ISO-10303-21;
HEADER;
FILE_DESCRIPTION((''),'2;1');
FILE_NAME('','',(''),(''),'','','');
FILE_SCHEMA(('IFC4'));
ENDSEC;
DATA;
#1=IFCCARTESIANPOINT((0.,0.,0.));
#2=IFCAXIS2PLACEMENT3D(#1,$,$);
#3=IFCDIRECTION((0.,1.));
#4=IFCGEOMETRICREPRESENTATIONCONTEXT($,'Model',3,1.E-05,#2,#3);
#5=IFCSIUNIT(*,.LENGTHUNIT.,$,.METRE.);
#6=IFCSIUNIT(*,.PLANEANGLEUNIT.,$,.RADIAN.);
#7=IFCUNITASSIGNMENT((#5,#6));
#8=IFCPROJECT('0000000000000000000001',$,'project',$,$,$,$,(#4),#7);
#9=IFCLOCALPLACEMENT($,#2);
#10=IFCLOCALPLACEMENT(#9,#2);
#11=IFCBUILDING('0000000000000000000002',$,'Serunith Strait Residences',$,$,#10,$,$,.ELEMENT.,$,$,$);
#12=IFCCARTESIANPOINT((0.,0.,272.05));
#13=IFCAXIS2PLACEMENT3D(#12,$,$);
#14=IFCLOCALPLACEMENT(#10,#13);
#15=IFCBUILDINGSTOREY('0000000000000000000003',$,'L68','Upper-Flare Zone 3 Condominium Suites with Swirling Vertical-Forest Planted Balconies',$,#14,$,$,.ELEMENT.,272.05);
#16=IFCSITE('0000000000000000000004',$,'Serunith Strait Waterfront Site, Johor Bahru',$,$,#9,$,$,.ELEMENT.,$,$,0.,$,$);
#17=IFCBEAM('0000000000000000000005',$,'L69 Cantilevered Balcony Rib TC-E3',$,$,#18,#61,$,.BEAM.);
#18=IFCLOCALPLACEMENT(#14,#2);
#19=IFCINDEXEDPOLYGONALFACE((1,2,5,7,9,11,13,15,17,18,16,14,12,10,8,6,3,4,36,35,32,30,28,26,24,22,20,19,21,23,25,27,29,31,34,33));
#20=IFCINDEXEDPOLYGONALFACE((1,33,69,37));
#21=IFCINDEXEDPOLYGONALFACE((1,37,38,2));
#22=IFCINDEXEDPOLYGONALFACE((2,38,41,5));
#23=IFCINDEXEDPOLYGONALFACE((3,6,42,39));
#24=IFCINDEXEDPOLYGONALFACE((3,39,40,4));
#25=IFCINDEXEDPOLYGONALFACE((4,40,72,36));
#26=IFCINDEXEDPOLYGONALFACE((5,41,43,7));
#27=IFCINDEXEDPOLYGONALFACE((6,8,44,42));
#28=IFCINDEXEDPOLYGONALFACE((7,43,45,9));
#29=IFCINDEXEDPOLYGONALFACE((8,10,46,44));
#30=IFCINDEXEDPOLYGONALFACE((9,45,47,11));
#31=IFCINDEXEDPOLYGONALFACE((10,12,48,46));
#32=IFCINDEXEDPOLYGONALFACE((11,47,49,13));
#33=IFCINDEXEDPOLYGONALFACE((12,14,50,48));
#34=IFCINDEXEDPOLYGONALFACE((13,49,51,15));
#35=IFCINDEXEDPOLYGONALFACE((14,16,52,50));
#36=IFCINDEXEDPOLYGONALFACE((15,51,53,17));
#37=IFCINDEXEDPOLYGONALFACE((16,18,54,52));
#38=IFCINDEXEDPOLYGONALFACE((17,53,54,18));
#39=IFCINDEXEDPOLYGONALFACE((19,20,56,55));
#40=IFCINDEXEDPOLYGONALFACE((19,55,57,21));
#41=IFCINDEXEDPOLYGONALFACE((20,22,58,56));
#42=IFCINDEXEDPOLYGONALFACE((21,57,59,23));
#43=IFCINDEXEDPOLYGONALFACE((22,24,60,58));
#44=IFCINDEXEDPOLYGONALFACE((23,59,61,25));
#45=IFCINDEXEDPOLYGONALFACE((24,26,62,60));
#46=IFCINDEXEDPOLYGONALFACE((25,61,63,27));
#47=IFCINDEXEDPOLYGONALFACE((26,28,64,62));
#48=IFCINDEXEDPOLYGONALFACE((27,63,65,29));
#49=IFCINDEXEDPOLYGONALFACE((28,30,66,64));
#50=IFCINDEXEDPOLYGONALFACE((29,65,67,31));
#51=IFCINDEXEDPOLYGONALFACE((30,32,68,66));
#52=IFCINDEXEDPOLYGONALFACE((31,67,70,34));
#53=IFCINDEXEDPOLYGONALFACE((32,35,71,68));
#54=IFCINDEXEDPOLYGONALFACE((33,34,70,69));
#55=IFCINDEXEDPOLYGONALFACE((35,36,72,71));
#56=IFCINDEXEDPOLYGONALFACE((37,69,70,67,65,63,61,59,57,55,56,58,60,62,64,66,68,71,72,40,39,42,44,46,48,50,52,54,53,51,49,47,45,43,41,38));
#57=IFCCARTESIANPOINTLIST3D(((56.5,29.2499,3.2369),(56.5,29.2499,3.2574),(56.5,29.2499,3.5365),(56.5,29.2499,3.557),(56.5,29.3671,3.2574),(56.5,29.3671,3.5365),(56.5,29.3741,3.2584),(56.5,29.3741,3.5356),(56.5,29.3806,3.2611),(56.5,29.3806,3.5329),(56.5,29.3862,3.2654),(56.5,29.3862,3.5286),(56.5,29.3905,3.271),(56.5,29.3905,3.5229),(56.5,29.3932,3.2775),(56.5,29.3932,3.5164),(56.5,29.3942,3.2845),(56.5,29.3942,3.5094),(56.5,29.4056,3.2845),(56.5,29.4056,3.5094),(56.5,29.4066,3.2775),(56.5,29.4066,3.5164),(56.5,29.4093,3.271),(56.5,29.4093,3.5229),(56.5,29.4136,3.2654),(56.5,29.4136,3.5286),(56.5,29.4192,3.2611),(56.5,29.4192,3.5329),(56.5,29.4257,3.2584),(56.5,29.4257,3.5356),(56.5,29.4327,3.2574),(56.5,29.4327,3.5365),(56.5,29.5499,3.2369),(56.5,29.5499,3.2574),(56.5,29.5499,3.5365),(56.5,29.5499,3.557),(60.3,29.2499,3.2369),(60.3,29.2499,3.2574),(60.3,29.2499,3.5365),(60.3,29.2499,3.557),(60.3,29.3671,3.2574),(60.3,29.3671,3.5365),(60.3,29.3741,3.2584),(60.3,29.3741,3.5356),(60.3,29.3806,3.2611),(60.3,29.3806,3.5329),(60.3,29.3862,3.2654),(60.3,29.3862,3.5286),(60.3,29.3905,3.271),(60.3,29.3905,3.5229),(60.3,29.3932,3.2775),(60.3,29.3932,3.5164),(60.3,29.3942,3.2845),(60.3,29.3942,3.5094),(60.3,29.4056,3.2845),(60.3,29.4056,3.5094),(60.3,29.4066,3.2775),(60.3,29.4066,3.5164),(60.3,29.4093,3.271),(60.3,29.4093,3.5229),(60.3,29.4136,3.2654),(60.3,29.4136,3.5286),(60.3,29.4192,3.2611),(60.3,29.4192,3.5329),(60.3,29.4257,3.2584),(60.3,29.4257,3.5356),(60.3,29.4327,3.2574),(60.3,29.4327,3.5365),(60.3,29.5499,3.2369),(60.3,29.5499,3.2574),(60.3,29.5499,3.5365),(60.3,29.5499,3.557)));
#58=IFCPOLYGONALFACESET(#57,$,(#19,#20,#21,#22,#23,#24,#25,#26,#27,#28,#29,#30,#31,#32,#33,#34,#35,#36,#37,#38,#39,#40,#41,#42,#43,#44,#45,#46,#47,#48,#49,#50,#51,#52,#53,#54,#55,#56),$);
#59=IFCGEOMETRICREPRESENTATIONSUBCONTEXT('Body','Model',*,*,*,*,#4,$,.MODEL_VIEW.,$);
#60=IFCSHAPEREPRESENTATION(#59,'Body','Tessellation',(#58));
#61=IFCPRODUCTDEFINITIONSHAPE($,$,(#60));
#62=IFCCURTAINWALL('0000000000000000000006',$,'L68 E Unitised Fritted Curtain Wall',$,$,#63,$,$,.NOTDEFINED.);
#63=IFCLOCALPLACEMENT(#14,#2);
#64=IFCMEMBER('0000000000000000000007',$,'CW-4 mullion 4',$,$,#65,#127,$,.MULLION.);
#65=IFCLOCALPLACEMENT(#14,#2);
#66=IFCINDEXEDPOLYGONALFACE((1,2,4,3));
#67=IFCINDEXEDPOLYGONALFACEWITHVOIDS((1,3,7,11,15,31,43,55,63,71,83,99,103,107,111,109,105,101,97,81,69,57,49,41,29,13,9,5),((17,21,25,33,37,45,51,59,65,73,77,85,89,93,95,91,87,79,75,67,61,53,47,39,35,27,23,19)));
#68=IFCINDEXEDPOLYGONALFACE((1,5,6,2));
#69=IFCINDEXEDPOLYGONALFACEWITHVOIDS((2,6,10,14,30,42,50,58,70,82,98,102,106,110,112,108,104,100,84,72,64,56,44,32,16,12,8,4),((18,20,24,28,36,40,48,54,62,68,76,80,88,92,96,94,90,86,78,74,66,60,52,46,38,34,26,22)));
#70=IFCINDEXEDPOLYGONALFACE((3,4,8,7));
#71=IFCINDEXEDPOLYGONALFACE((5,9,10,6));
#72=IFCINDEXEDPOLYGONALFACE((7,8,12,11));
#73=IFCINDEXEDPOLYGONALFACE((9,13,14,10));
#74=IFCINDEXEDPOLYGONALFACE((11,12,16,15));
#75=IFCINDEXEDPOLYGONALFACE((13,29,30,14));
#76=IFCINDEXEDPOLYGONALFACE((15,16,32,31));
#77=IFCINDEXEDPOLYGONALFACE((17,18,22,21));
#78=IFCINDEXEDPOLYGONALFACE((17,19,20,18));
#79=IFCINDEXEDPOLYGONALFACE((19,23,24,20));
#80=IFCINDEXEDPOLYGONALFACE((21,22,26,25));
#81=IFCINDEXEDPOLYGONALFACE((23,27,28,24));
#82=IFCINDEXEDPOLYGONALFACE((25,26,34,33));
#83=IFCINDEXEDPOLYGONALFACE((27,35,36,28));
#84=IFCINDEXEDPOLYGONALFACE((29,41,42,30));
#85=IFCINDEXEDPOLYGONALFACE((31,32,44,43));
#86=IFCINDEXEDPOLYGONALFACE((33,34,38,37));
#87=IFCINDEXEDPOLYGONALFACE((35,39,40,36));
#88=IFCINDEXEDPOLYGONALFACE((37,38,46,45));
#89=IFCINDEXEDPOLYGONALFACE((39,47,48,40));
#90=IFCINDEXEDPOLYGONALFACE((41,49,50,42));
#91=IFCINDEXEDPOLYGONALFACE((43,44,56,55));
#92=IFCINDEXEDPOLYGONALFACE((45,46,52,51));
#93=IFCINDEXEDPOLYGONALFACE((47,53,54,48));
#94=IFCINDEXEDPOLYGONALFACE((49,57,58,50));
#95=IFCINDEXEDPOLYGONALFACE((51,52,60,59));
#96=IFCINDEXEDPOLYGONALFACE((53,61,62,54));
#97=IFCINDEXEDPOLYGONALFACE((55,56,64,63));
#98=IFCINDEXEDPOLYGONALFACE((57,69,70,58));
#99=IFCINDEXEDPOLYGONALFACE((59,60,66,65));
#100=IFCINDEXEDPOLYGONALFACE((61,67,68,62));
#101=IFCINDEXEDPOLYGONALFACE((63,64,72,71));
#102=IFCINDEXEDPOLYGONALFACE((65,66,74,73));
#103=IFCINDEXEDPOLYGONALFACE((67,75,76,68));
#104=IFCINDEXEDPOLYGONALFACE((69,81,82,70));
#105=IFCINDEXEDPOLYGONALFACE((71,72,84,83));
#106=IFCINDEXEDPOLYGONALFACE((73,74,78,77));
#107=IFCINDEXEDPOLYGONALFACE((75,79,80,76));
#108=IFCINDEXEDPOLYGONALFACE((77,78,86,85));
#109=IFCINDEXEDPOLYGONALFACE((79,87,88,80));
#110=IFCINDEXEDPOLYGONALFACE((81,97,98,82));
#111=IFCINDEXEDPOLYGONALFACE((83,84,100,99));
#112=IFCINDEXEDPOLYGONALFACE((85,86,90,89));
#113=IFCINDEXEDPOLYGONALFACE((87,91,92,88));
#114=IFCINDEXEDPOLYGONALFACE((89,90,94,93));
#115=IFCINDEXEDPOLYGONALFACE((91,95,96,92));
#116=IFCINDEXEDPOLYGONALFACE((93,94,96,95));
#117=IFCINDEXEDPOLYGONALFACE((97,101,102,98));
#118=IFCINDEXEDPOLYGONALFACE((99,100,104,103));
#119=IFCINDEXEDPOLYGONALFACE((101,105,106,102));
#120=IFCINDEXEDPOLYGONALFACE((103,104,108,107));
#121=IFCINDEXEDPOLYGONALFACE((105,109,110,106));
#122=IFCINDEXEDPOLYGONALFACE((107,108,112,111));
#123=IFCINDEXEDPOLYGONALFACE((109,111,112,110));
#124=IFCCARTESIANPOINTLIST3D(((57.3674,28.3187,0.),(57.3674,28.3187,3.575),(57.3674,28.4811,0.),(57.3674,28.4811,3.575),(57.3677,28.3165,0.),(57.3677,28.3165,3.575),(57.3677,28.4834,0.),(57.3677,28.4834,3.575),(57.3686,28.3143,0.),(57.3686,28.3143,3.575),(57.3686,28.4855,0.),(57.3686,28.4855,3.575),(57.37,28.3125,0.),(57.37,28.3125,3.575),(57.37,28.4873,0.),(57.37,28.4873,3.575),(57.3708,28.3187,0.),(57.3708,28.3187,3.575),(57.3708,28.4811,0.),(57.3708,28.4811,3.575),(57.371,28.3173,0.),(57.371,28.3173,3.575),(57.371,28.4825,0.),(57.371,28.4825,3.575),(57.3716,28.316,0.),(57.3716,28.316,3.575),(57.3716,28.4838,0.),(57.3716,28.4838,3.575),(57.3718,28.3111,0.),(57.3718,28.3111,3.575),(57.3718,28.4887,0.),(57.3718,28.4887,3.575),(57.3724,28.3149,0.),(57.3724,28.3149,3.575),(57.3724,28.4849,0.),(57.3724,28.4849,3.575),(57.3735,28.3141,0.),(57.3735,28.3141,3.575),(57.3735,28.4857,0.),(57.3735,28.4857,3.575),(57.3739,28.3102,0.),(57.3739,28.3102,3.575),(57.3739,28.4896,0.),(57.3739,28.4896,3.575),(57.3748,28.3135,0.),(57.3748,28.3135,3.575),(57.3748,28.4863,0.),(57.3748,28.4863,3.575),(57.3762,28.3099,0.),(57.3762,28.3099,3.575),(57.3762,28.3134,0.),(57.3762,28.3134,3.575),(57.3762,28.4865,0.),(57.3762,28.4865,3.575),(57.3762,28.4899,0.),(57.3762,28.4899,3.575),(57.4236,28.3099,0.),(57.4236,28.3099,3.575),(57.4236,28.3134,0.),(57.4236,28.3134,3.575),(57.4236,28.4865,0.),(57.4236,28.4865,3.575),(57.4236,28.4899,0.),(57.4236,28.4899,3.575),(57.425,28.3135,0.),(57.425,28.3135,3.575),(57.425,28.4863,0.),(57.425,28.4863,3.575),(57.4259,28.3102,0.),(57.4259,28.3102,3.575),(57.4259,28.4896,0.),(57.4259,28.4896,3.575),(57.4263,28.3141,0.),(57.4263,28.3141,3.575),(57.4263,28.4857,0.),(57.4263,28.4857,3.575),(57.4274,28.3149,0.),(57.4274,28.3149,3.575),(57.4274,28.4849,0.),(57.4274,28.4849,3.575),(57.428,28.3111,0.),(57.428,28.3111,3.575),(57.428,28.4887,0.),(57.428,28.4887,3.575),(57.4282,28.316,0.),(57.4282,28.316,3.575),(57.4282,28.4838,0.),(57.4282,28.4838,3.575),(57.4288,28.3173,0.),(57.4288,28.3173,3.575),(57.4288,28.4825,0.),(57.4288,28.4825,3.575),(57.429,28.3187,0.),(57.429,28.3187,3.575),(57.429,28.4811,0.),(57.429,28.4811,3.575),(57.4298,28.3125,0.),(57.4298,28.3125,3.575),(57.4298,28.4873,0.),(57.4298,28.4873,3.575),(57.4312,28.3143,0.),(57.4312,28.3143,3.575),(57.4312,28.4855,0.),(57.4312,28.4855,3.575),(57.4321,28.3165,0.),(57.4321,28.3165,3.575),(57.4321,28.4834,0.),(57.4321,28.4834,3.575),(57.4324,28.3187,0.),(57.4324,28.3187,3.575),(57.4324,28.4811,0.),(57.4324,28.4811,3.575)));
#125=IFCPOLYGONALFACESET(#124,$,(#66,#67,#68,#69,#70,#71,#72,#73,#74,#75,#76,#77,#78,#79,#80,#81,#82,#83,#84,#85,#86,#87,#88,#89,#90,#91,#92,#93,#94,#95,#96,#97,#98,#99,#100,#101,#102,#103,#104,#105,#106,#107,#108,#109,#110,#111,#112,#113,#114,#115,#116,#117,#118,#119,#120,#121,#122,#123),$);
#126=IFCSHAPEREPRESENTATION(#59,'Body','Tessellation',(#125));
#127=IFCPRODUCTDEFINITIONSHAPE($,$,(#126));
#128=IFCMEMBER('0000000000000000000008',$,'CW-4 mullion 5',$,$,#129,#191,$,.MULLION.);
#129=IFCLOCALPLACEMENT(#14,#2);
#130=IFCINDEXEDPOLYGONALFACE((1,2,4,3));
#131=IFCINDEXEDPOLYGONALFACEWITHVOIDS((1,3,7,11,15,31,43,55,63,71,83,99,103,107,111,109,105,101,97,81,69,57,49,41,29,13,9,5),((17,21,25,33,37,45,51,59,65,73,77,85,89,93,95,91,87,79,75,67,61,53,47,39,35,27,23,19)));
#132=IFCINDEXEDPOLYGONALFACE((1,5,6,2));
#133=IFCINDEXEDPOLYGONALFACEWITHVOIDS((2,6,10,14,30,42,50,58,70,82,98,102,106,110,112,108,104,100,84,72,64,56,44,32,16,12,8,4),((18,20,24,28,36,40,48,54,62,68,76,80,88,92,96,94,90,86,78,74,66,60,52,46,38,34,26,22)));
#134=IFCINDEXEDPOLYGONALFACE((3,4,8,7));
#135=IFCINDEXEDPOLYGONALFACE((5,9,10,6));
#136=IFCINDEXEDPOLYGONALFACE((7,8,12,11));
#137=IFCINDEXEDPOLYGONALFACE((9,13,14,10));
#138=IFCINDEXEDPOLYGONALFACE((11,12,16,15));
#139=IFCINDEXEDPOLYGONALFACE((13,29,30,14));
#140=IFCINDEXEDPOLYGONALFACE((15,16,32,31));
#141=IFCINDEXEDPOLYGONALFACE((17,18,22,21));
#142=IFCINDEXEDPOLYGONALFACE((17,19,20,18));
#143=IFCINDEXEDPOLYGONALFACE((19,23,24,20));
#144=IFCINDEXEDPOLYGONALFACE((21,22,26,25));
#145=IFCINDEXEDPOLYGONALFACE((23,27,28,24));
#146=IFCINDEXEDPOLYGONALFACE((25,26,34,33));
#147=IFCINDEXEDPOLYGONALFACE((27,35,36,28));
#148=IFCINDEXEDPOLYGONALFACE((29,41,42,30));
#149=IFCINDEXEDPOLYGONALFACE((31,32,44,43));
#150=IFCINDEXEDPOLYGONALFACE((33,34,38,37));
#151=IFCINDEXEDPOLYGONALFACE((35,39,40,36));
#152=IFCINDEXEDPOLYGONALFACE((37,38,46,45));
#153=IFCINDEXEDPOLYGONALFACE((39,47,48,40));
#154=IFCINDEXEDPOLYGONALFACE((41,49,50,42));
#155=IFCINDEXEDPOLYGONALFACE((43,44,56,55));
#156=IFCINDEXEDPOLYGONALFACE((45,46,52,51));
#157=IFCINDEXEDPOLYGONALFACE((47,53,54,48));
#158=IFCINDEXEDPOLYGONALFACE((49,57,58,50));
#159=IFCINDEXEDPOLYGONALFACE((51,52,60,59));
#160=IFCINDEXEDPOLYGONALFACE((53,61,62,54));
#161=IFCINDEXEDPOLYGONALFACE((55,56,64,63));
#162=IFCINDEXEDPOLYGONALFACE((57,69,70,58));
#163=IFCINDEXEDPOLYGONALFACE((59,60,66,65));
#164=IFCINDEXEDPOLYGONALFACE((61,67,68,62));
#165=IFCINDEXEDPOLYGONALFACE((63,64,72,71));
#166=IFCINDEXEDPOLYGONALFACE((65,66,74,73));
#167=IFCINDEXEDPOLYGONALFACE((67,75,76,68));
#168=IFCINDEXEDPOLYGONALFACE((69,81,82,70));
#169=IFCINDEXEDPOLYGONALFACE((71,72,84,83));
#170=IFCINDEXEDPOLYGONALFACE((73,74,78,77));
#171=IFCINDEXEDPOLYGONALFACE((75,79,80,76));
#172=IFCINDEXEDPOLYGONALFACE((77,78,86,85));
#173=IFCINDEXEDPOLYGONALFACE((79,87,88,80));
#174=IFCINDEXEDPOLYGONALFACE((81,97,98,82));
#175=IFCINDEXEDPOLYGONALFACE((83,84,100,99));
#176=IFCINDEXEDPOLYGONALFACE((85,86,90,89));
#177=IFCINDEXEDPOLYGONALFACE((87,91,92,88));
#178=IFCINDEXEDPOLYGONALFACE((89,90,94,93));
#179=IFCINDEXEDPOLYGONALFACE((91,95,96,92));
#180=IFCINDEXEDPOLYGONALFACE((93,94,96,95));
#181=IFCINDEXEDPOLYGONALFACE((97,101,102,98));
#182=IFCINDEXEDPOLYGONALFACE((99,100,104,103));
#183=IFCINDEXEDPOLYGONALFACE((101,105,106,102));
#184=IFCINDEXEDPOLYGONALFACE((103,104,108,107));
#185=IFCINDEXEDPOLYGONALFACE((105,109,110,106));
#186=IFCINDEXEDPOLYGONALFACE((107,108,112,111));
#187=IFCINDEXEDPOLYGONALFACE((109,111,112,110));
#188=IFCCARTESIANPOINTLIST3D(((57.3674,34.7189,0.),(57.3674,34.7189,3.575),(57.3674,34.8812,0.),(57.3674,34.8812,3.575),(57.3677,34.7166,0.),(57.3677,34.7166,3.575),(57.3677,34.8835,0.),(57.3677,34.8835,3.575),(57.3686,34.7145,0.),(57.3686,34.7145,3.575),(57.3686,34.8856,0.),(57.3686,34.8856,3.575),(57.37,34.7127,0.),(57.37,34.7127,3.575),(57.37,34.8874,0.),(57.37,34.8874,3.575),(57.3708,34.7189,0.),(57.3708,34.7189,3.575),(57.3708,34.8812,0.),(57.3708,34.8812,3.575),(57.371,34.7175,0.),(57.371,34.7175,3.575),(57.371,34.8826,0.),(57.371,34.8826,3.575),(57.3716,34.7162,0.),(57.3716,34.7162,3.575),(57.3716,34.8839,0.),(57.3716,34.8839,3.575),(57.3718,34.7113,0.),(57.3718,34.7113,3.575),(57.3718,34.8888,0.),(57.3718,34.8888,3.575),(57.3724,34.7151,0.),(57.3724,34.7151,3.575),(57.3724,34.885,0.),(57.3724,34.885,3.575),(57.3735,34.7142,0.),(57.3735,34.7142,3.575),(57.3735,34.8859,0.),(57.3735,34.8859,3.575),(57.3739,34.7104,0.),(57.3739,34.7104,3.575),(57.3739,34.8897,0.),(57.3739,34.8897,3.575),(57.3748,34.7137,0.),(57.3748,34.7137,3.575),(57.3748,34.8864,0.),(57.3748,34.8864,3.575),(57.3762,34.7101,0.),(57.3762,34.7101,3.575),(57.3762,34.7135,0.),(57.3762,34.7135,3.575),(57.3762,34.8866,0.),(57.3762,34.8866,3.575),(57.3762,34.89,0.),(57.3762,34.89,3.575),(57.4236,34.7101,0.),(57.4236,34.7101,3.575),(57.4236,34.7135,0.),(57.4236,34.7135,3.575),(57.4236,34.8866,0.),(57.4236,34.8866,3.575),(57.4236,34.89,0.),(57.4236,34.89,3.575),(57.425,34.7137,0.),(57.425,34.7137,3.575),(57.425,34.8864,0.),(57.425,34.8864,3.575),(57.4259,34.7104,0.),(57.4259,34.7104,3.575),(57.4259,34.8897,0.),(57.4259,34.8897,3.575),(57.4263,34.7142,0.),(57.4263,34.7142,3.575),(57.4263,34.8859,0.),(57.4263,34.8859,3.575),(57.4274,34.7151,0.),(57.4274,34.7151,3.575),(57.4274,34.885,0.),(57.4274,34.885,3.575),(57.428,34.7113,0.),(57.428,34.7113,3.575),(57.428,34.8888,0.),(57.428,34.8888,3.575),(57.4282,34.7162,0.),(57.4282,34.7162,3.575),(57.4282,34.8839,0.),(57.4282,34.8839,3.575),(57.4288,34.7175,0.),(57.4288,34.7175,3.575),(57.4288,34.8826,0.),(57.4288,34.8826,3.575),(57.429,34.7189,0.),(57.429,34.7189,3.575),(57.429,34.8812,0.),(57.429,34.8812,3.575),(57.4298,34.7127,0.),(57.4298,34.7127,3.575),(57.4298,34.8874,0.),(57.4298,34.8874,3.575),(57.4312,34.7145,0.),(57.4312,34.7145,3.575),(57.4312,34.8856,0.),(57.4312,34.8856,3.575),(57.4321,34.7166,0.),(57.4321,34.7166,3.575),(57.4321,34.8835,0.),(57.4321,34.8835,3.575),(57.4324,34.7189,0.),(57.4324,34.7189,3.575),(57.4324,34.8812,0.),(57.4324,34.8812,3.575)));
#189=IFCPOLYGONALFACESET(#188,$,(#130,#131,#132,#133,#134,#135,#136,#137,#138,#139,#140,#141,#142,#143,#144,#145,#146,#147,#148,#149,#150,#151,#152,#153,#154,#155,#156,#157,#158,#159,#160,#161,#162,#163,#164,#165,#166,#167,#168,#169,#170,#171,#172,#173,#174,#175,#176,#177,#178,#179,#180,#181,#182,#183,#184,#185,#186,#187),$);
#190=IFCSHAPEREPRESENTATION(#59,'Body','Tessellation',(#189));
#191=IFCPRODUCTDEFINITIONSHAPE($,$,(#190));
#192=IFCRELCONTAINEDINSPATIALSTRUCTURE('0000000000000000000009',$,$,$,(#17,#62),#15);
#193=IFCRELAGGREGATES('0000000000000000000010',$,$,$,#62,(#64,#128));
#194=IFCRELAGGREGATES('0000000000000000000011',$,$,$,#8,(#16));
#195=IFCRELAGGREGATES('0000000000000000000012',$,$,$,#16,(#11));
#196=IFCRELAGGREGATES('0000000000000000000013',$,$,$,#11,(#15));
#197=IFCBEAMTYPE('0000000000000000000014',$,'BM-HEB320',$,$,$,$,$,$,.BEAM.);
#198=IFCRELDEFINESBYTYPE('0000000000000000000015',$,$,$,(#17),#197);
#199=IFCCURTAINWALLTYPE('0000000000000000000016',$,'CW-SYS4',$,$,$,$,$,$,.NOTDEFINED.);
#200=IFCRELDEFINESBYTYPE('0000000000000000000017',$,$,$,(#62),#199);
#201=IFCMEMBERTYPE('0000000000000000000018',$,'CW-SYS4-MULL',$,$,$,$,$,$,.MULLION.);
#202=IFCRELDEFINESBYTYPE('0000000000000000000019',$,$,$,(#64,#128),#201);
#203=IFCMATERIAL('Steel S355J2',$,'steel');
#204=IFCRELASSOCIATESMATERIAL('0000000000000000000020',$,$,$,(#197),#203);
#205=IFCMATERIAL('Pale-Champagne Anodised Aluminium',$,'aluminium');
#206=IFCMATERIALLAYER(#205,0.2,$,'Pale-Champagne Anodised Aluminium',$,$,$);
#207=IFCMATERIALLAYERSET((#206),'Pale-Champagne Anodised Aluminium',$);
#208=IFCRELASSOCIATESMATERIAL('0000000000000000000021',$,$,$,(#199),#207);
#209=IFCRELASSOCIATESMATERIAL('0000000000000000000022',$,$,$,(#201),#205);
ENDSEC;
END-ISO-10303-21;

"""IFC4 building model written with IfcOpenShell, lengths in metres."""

from ifc_helpers import new_model, si_unit, direction, frame, origin, origin_2d, place, context, subcontext, project, spatial, hollow_rectangle, i_section, extrude, source, transform, mapped, material, layer, layer_set, material_profile, profile_set, type_object, element, aggregate, save


model = new_model("IFC4")

# Units and contexts
model_context = context("Model", 3, precision=1e-05, world=origin(), true_north=direction((0.0, 1.0)))
body_context = subcontext(model_context, "Body", "Model", "MODEL_VIEW")
ifc_project = project(units=[si_unit("LENGTHUNIT", "METRE"), si_unit("PLANEANGLEUNIT", "RADIAN")], contexts=[model_context])

# Site, building, storey
site_placement = place(None, origin())
site = spatial("IfcSite", under=ifc_project, at=site_placement, Name="Serunith Strait Waterfront Site, Johor Bahru", CompositionType="ELEMENT", RefElevation=0.0)
building_placement = place(site_placement, origin())
building = spatial("IfcBuilding", under=site, at=building_placement, Name="Serunith Strait Residences", CompositionType="ELEMENT")
storey_placement = place(building_placement, frame((0.0, 0.0, 272.05)))
storey = spatial("IfcBuildingStorey", under=building, at=storey_placement, Name="L68", Description="Upper-Flare Zone 3 Condominium Suites with Swirling Vertical-Forest Planted Balconies", CompositionType="ELEMENT", Elevation=272.05)

# Beam
ifc_material_1 = material(Name="Steel S355J2", Category="steel")
ifc_material_profile_1 = material_profile(ifc_material_1, i_section(OverallWidth=0.3, OverallDepth=0.3201, WebThickness=0.0115, FlangeThickness=0.0205, FilletRadius=0.0271, at=origin_2d()), Name="HEB 320")
ifc_profile_set_1 = profile_set([ifc_material_profile_1], Name="Steel S355J2")
beam_type_1 = type_object("IfcBeamType", Name="BM-HEB320", PredefinedType="BEAM", material=ifc_profile_set_1)
shared_shape_1 = source(origin(), body_context, "Body", "SweptSolid", [
    extrude(i_section(OverallWidth=0.3, OverallDepth=0.3201, WebThickness=0.0115, FlangeThickness=0.0205, FilletRadius=0.0271, at=origin_2d()), origin(), (0.0, 0.0, 1.0), 3.8),
])
beam_1_placement = place(storey_placement, frame((56.5, 29.3999, 3.397), z_axis=(1.0, 0.0, 0.0), x_axis=(0.0, 1.0, 0.0)))
element("IfcBeam", 1, at=beam_1_placement, inside=storey, type_object=beam_type_1, Name="L69 Cantilevered Balcony Rib TC-E3", PredefinedType="BEAM", context=body_context, shape_type="MappedRepresentation", body=[
    mapped(shared_shape_1, transform((0.0, 0.0, 0.0), scale=1.0)),
])

# Curtain wall, members
ifc_material_2 = material(Name="Pale-Champagne Anodised Aluminium", Category="aluminium")
ifc_layer_1 = layer(ifc_material_2, 0.2, Name="Pale-Champagne Anodised Aluminium")
ifc_layer_set_1 = layer_set([ifc_layer_1], Name="Pale-Champagne Anodised Aluminium")
curtain_wall_type = type_object("IfcCurtainWallType", Name="CW-SYS4", PredefinedType="NOTDEFINED", material=ifc_layer_set_1)
curtain_wall_placement = place(storey_placement, origin())
curtain_wall = element("IfcCurtainWall", 2, at=curtain_wall_placement, inside=storey, type_object=curtain_wall_type, Name="L68 E Unitised Fritted Curtain Wall", PredefinedType="NOTDEFINED")
ifc_material_profile_2 = material_profile(ifc_material_2, hollow_rectangle(XDim=0.0649, YDim=0.1799, WallThickness=0.0034, InnerFilletRadius=0.0054, OuterFilletRadius=0.0088, at=origin_2d()), Name="ALU 180x65x3.5")
ifc_profile_set_2 = profile_set([ifc_material_profile_2], Name="Pale-Champagne Anodised Aluminium")
member_type_1 = type_object("IfcMemberType", Name="CW-SYS4-MULL", PredefinedType="MULLION", material=ifc_profile_set_2)
shared_shape_2 = source(origin(), body_context, "Body", "SweptSolid", [
    extrude(hollow_rectangle(XDim=0.0649, YDim=0.1799, WallThickness=0.0034, InnerFilletRadius=0.0054, OuterFilletRadius=0.0088, at=origin_2d()), origin(), (0.0, 0.0, 1.0), 3.575),
])
member_1_placement = place(storey_placement, frame((57.3999, 28.3999, 0.0), z_axis=(0.0, 0.0, 1.0), x_axis=(-1.0, 0.0, 0.0)))
member_1 = element("IfcMember", 3, at=member_1_placement, type_object=member_type_1, Name="CW-4 mullion 4", PredefinedType="MULLION", context=body_context, shape_type="MappedRepresentation", body=[
    mapped(shared_shape_2, transform((0.0, 0.0, 0.0), scale=1.0)),
])
member_2_placement = place(storey_placement, frame((57.3999, 34.8, 0.0), z_axis=(0.0, 0.0, 1.0), x_axis=(-1.0, 0.0, 0.0)))
member_2 = element("IfcMember", 4, at=member_2_placement, type_object=member_type_1, Name="CW-4 mullion 5", PredefinedType="MULLION", context=body_context, shape_type="MappedRepresentation", body=[
    mapped(shared_shape_2, transform((0.0, 0.0, 0.0), scale=1.0)),
])
aggregate(curtain_wall, [member_1, member_2])

save(model, "model.ifc")
